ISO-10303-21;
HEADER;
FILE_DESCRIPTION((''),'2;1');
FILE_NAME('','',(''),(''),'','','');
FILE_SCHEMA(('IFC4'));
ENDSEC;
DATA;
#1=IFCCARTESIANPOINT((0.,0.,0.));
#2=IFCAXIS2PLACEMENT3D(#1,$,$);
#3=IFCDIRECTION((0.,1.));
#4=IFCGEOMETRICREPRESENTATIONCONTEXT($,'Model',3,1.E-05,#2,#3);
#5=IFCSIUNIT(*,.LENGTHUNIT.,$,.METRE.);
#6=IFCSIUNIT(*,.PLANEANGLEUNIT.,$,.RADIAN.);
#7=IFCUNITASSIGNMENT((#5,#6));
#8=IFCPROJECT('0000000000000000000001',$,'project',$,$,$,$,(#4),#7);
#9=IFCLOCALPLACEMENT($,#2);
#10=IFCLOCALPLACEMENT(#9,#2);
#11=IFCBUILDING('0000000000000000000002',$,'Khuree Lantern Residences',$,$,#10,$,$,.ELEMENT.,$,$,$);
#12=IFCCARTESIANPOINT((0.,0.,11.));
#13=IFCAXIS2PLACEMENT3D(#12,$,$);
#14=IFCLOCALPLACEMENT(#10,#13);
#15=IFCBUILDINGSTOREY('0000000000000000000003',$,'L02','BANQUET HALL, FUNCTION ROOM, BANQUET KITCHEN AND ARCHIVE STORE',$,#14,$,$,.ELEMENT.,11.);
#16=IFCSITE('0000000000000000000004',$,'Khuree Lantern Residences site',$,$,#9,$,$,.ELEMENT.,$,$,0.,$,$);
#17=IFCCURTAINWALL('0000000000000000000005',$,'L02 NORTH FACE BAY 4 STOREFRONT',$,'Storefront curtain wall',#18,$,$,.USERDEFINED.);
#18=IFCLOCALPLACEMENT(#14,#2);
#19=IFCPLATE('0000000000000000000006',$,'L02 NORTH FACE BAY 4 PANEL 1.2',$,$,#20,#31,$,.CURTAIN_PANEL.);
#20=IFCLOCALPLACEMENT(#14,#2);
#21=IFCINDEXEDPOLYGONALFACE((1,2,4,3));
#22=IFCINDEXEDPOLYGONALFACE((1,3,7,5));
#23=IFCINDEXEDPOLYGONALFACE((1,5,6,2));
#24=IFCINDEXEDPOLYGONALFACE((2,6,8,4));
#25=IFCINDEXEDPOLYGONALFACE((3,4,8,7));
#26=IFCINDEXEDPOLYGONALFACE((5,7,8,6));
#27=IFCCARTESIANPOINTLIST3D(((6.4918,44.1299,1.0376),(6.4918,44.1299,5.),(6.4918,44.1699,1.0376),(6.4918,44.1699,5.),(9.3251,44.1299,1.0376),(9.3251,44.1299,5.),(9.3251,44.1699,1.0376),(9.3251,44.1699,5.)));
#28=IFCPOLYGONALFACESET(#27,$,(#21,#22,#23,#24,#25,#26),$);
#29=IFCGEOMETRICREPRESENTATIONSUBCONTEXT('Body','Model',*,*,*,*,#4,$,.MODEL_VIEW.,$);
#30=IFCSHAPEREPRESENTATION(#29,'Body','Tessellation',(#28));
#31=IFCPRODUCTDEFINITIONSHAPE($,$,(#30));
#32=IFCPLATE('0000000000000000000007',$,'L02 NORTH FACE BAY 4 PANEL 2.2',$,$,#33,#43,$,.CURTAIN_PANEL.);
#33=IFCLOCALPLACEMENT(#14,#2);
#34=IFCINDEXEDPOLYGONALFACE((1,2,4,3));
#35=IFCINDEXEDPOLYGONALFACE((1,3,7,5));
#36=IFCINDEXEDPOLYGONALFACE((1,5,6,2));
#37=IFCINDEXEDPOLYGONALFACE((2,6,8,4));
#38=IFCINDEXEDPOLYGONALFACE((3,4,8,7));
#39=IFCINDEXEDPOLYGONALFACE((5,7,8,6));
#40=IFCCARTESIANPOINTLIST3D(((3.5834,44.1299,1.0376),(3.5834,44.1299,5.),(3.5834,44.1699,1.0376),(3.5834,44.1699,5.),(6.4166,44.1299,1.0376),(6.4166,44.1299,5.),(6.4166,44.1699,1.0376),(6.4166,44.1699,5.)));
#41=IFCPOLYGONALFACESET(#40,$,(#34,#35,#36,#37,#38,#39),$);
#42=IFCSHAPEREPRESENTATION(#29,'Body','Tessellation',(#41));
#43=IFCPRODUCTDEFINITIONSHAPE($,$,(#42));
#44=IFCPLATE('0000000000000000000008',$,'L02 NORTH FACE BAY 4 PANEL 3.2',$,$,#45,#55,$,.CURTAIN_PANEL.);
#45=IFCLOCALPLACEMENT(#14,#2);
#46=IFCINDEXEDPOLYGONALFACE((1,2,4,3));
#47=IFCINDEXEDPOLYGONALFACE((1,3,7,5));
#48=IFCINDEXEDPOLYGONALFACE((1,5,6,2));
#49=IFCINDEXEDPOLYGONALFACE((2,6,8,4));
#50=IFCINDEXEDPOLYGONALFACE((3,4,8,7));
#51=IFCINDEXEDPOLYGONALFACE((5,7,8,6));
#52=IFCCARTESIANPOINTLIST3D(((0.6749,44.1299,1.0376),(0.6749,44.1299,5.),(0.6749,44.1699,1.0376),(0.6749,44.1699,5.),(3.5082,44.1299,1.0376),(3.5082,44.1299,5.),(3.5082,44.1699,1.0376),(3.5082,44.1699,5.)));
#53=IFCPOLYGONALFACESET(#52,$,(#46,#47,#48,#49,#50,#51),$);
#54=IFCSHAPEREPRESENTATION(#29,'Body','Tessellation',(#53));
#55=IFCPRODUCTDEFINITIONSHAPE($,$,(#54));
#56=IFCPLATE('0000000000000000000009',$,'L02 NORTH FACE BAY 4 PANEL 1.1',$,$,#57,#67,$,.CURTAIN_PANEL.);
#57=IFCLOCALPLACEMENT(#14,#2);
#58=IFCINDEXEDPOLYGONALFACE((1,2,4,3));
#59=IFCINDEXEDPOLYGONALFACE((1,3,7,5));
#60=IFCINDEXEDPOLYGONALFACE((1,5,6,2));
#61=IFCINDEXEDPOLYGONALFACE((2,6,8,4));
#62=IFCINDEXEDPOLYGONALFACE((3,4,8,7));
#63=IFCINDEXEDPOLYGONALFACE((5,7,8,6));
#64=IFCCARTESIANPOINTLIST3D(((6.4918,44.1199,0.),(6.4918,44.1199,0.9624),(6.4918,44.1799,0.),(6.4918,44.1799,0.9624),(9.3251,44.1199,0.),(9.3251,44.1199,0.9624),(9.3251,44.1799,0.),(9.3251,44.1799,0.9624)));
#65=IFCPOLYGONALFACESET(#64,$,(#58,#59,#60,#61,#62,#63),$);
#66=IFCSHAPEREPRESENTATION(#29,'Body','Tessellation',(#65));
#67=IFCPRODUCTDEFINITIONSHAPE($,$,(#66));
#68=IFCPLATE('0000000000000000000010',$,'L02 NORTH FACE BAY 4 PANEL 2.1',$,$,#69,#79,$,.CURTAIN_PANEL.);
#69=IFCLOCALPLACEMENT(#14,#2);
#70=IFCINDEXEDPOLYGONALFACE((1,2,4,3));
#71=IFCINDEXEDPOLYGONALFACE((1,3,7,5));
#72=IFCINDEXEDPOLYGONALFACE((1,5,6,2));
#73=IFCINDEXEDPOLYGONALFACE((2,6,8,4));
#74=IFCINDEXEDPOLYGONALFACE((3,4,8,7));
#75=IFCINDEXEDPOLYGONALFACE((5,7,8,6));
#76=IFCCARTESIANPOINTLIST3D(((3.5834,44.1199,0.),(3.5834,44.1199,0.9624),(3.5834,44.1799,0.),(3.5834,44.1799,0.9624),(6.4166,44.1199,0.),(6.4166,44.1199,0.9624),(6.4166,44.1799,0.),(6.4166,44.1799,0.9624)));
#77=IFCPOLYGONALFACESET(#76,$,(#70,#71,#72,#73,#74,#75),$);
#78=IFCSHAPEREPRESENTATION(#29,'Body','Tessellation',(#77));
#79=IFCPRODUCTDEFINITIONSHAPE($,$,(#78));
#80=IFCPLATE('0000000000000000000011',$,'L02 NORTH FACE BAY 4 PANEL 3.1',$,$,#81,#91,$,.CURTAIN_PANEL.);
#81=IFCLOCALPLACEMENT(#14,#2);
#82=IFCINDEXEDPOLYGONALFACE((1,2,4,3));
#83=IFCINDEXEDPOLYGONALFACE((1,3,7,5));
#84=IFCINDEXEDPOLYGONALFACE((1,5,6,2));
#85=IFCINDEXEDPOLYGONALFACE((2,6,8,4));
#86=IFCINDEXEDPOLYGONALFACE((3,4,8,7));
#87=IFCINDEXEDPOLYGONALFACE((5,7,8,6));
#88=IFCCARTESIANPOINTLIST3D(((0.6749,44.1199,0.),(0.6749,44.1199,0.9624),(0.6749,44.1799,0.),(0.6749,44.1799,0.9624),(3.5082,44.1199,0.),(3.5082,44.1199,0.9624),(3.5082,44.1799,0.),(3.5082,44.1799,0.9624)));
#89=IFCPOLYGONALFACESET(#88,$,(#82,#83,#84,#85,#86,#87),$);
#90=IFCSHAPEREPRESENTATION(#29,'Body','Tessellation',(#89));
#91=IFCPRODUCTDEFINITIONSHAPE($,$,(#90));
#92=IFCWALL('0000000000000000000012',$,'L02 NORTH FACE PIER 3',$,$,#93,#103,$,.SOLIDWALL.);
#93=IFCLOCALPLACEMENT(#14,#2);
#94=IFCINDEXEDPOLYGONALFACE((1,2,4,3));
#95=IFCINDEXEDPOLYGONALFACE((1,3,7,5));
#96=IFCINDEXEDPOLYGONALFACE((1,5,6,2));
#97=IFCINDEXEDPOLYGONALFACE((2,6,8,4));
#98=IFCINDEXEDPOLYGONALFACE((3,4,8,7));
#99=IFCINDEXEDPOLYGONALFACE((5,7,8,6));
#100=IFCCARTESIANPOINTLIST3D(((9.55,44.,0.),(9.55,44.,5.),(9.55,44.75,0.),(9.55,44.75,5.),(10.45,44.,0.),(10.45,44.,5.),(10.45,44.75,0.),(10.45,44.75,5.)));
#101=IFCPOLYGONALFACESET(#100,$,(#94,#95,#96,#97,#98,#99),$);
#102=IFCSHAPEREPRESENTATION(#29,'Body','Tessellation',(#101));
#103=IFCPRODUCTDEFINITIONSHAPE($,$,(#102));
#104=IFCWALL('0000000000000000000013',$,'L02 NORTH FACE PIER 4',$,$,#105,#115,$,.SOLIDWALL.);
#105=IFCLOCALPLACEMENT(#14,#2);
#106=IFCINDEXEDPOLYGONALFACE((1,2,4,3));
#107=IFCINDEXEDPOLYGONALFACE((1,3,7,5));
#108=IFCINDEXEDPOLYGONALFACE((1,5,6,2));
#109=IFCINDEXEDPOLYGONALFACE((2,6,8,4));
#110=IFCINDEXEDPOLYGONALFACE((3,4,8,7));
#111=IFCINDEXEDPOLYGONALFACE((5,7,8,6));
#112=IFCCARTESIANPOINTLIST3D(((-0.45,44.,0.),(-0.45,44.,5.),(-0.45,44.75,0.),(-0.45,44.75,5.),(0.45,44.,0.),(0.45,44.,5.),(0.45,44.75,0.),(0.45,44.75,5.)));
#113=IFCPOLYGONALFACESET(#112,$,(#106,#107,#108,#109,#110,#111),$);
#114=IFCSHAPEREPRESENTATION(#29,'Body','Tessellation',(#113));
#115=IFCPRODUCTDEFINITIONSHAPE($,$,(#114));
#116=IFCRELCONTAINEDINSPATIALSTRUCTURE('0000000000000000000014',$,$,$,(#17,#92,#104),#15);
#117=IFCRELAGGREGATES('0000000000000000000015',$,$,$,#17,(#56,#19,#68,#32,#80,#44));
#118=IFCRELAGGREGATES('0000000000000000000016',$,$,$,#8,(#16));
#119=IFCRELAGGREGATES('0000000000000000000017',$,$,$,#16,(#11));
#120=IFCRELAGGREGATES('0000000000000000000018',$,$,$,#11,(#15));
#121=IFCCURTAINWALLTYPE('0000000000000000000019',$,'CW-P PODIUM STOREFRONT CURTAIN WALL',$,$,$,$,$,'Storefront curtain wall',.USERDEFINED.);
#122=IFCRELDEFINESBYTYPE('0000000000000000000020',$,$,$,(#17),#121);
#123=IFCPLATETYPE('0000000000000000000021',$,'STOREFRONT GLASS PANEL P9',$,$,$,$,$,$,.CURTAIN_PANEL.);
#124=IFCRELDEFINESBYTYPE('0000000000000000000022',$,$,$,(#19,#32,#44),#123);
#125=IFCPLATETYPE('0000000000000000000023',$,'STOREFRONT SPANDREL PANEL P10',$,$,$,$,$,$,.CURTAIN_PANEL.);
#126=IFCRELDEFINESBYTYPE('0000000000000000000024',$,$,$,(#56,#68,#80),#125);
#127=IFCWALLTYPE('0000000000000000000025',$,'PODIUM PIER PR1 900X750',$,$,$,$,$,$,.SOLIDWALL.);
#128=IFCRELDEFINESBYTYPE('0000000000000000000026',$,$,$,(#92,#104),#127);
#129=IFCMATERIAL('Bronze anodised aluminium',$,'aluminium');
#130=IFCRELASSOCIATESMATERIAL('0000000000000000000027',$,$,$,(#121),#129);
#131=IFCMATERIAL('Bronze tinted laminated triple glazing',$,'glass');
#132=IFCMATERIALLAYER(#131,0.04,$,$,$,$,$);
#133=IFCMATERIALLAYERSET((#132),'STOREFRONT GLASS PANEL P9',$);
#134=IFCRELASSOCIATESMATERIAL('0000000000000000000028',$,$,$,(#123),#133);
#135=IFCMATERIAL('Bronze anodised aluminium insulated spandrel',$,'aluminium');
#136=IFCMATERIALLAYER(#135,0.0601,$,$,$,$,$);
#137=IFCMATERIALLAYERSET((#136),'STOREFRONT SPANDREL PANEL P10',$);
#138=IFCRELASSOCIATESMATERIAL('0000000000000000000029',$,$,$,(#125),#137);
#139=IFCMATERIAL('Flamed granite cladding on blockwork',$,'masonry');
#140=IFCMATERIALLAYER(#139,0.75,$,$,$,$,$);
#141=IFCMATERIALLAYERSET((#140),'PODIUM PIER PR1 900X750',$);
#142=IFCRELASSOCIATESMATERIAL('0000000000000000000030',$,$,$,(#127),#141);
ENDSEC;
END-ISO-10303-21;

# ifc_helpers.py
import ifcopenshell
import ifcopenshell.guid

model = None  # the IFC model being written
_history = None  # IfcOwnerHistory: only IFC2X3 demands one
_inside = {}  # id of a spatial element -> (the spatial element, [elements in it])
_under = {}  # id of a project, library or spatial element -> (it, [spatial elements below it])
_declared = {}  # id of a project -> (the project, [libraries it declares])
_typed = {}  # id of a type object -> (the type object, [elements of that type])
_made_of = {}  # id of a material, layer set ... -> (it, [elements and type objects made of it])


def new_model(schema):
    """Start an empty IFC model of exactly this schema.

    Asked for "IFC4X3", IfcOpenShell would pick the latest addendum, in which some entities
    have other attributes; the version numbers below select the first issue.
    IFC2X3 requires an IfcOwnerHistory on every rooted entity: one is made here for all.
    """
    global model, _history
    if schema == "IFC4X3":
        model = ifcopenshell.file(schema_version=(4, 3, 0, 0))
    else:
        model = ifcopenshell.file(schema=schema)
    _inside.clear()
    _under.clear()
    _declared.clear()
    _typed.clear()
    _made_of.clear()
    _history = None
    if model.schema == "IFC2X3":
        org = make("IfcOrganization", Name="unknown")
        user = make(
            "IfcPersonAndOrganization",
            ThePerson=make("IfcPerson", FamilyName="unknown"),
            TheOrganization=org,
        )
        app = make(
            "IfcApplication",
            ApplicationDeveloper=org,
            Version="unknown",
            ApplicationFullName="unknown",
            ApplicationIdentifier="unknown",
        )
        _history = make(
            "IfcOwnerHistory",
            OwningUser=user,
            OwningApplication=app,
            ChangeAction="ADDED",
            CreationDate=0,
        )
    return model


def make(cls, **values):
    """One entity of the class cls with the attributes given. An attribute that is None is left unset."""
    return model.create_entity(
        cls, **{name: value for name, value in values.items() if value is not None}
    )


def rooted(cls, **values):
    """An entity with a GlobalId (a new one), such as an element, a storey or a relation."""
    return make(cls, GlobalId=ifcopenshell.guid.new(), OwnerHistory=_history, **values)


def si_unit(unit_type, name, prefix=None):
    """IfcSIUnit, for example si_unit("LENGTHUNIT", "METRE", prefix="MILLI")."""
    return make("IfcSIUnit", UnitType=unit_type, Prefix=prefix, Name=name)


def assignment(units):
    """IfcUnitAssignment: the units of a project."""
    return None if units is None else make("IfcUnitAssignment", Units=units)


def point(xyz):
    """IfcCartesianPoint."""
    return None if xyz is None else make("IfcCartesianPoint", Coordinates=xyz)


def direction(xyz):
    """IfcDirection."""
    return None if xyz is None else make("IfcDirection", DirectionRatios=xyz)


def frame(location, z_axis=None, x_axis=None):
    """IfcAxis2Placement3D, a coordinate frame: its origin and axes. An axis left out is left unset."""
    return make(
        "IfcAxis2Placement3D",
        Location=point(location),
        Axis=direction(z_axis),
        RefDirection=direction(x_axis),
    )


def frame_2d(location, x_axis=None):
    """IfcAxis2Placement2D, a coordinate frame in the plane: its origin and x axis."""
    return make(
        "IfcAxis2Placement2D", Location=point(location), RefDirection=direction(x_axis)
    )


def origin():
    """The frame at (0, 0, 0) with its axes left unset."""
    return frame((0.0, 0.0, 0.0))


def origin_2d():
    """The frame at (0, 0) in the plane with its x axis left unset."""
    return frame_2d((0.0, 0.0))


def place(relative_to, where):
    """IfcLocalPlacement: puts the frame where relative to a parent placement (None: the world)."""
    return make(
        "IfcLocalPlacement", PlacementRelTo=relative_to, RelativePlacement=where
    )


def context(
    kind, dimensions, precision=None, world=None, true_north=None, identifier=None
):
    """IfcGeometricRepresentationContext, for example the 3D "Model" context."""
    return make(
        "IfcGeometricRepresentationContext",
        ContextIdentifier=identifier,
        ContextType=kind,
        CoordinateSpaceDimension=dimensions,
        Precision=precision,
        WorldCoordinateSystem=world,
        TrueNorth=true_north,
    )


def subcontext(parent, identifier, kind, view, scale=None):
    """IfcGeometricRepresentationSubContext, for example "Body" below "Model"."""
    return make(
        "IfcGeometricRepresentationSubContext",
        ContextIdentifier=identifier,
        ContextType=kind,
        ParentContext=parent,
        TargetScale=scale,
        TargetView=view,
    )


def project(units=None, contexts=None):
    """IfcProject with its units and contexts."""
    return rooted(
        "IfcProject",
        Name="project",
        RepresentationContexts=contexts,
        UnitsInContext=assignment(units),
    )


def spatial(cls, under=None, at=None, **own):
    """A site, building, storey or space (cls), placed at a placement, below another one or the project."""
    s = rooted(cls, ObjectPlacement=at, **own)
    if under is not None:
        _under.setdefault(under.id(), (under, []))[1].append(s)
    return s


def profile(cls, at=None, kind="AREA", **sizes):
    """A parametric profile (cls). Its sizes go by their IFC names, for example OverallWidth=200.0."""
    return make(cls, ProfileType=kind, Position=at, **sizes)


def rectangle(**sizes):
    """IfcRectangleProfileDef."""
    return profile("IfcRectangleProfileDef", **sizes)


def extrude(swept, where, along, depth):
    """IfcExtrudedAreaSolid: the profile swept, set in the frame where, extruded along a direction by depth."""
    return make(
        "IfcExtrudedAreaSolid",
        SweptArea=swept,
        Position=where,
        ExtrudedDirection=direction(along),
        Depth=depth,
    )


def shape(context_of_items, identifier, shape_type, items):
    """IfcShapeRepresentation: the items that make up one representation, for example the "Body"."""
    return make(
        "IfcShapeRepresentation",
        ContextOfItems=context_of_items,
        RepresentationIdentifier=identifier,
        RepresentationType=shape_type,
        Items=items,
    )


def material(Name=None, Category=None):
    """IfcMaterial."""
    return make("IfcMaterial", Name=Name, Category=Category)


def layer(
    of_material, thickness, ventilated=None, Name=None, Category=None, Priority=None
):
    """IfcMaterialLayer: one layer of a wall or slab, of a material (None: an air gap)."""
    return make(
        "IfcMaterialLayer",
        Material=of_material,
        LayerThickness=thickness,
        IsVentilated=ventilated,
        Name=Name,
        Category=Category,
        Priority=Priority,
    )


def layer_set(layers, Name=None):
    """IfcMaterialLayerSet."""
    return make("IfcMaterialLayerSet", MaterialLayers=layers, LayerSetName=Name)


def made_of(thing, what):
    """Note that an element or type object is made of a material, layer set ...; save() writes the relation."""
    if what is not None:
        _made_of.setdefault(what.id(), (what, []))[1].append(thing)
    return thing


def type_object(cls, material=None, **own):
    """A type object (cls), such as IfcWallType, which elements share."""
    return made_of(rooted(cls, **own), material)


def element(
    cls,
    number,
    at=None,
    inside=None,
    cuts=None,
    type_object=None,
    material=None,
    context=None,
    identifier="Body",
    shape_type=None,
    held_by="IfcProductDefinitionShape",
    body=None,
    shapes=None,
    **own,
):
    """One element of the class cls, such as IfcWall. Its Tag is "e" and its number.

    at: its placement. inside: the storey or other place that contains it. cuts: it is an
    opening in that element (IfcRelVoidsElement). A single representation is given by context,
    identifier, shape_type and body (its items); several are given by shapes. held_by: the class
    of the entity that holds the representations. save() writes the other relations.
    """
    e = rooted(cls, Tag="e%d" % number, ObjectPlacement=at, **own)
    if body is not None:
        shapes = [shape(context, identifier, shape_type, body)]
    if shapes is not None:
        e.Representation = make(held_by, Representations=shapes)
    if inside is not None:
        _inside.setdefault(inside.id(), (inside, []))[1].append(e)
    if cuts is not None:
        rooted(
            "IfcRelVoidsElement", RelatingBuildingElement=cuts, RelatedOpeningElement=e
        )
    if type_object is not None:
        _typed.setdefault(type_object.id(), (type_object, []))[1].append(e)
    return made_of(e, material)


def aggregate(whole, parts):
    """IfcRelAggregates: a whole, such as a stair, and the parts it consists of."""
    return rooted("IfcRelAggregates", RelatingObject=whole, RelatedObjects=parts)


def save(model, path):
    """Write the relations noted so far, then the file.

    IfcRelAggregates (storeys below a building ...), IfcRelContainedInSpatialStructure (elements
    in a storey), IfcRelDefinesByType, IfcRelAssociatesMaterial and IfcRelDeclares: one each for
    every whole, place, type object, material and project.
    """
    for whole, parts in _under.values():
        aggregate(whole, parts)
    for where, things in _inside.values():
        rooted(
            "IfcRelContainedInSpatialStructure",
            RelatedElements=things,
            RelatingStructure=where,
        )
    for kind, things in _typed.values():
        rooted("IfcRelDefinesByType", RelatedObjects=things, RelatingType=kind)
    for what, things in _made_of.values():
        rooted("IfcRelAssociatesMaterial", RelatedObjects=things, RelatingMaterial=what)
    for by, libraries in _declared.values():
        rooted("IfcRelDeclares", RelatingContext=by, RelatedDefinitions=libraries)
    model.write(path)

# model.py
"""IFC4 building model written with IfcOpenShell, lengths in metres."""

from ifc_helpers import new_model, si_unit, direction, frame, frame_2d, origin, origin_2d, place, context, subcontext, project, spatial, rectangle, extrude, material, layer, layer_set, type_object, element, aggregate, save


model = new_model("IFC4")

# Units and contexts
model_context = context("Model", 3, precision=1e-05, world=origin(), true_north=direction((0.0, 1.0)))
body_context = subcontext(model_context, "Body", "Model", "MODEL_VIEW")
ifc_project = project(units=[si_unit("LENGTHUNIT", "METRE"), si_unit("PLANEANGLEUNIT", "RADIAN")], contexts=[model_context])

# Site, building, storey
site_placement = place(None, origin())
site = spatial("IfcSite", under=ifc_project, at=site_placement, Name="Khuree Lantern Residences site", CompositionType="ELEMENT", RefElevation=0.0)
building_placement = place(site_placement, origin())
building = spatial("IfcBuilding", under=site, at=building_placement, Name="Khuree Lantern Residences", CompositionType="ELEMENT")
storey_placement = place(building_placement, frame((0.0, 0.0, 11.0)))
storey = spatial("IfcBuildingStorey", under=building, at=storey_placement, Name="L02", Description="BANQUET HALL, FUNCTION ROOM, BANQUET KITCHEN AND ARCHIVE STORE", CompositionType="ELEMENT", Elevation=11.0)

# Curtain wall
ifc_material_1 = material(Name="Bronze anodised aluminium", Category="aluminium")
curtain_wall_type = type_object("IfcCurtainWallType", Name="CW-P PODIUM STOREFRONT CURTAIN WALL", ElementType="Storefront curtain wall", PredefinedType="USERDEFINED", material=ifc_material_1)
curtain_wall_placement = place(storey_placement, origin())
curtain_wall = element("IfcCurtainWall", 1, at=curtain_wall_placement, inside=storey, type_object=curtain_wall_type, Name="L02 NORTH FACE BAY 4 STOREFRONT", ObjectType="Storefront curtain wall", PredefinedType="USERDEFINED")

# Plates
ifc_material_2 = material(Name="Bronze tinted laminated triple glazing", Category="glass")
ifc_layer_1 = layer(ifc_material_2, 0.04)
ifc_layer_set_1 = layer_set([ifc_layer_1], Name="STOREFRONT GLASS PANEL P9")
plate_type_1 = type_object("IfcPlateType", Name="STOREFRONT GLASS PANEL P9", PredefinedType="CURTAIN_PANEL", material=ifc_layer_set_1)
plate_1_placement = place(storey_placement, frame((7.9084, 44.1499, 1.0376), z_axis=(0.0, 0.0, 1.0), x_axis=(-1.0, 0.0, 0.0)))
plate_1 = element("IfcPlate", 2, at=plate_1_placement, type_object=plate_type_1, Name="L02 NORTH FACE BAY 4 PANEL 1.2", PredefinedType="CURTAIN_PANEL", context=body_context, shape_type="SweptSolid", body=[
    extrude(rectangle(XDim=2.8333, YDim=0.04, at=origin_2d()), origin(), (0.0, 0.0, 1.0), 3.9624),
])
plate_2_placement = place(storey_placement, frame((5.0, 44.1499, 1.0376), z_axis=(0.0, 0.0, 1.0), x_axis=(-1.0, 0.0, 0.0)))
plate_2 = element("IfcPlate", 3, at=plate_2_placement, type_object=plate_type_1, Name="L02 NORTH FACE BAY 4 PANEL 2.2", PredefinedType="CURTAIN_PANEL", context=body_context, shape_type="SweptSolid", body=[
    extrude(rectangle(XDim=2.8333, YDim=0.04, at=origin_2d()), origin(), (0.0, 0.0, 1.0), 3.9624),
])
plate_3_placement = place(storey_placement, frame((2.0916, 44.1499, 1.0376), z_axis=(0.0, 0.0, 1.0), x_axis=(-1.0, 0.0, 0.0)))
plate_3 = element("IfcPlate", 4, at=plate_3_placement, type_object=plate_type_1, Name="L02 NORTH FACE BAY 4 PANEL 3.2", PredefinedType="CURTAIN_PANEL", context=body_context, shape_type="SweptSolid", body=[
    extrude(rectangle(XDim=2.8333, YDim=0.04, at=origin_2d()), origin(), (0.0, 0.0, 1.0), 3.9624),
])
ifc_material_3 = material(Name="Bronze anodised aluminium insulated spandrel", Category="aluminium")
ifc_layer_2 = layer(ifc_material_3, 0.0601)
ifc_layer_set_2 = layer_set([ifc_layer_2], Name="STOREFRONT SPANDREL PANEL P10")
plate_type_2 = type_object("IfcPlateType", Name="STOREFRONT SPANDREL PANEL P10", PredefinedType="CURTAIN_PANEL", material=ifc_layer_set_2)
plate_4_placement = place(storey_placement, frame((7.9084, 44.1499, 0.0), z_axis=(0.0, 0.0, 1.0), x_axis=(-1.0, 0.0, 0.0)))
plate_4 = element("IfcPlate", 5, at=plate_4_placement, type_object=plate_type_2, Name="L02 NORTH FACE BAY 4 PANEL 1.1", PredefinedType="CURTAIN_PANEL", context=body_context, shape_type="SweptSolid", body=[
    extrude(rectangle(XDim=2.8333, YDim=0.0601, at=origin_2d()), origin(), (0.0, 0.0, 1.0), 0.9624),
])
plate_5_placement = place(storey_placement, frame((5.0, 44.1499, 0.0), z_axis=(0.0, 0.0, 1.0), x_axis=(-1.0, 0.0, 0.0)))
plate_5 = element("IfcPlate", 6, at=plate_5_placement, type_object=plate_type_2, Name="L02 NORTH FACE BAY 4 PANEL 2.1", PredefinedType="CURTAIN_PANEL", context=body_context, shape_type="SweptSolid", body=[
    extrude(rectangle(XDim=2.8333, YDim=0.0601, at=origin_2d()), origin(), (0.0, 0.0, 1.0), 0.9624),
])
plate_6_placement = place(storey_placement, frame((2.0916, 44.1499, 0.0), z_axis=(0.0, 0.0, 1.0), x_axis=(-1.0, 0.0, 0.0)))
plate_6 = element("IfcPlate", 7, at=plate_6_placement, type_object=plate_type_2, Name="L02 NORTH FACE BAY 4 PANEL 3.1", PredefinedType="CURTAIN_PANEL", context=body_context, shape_type="SweptSolid", body=[
    extrude(rectangle(XDim=2.8333, YDim=0.0601, at=origin_2d()), origin(), (0.0, 0.0, 1.0), 0.9624),
])
aggregate(curtain_wall, [plate_4, plate_1, plate_5, plate_2, plate_6, plate_3])

# Walls
ifc_material_4 = material(Name="Flamed granite cladding on blockwork", Category="masonry")
ifc_layer_3 = layer(ifc_material_4, 0.75)
ifc_layer_set_3 = layer_set([ifc_layer_3], Name="PODIUM PIER PR1 900X750")
wall_type = type_object("IfcWallType", Name="PODIUM PIER PR1 900X750", PredefinedType="SOLIDWALL", material=ifc_layer_set_3)
for number, where, z_axis, x_axis, name in (
    (8, (10.45, 44.375, 0.0), (0.0, 0.0, 1.0), (-1.0, 0.0, 0.0), "L02 NORTH FACE PIER 3"),
    (9, (0.45, 44.375, 0.0), (0.0, 0.0, 1.0), (-1.0, 0.0, 0.0), "L02 NORTH FACE PIER 4"),
):
    element("IfcWall", number, at=place(storey_placement, frame(where, z_axis=z_axis, x_axis=x_axis)), inside=storey, type_object=wall_type, Name=name, PredefinedType="SOLIDWALL", context=body_context, shape_type="SweptSolid", body=[
        extrude(rectangle(XDim=0.8999, YDim=0.75, at=frame_2d((0.45, 0.0))), origin(), (0.0, 0.0, 1.0), 5.0),
    ])

save(model, "model.ifc")
